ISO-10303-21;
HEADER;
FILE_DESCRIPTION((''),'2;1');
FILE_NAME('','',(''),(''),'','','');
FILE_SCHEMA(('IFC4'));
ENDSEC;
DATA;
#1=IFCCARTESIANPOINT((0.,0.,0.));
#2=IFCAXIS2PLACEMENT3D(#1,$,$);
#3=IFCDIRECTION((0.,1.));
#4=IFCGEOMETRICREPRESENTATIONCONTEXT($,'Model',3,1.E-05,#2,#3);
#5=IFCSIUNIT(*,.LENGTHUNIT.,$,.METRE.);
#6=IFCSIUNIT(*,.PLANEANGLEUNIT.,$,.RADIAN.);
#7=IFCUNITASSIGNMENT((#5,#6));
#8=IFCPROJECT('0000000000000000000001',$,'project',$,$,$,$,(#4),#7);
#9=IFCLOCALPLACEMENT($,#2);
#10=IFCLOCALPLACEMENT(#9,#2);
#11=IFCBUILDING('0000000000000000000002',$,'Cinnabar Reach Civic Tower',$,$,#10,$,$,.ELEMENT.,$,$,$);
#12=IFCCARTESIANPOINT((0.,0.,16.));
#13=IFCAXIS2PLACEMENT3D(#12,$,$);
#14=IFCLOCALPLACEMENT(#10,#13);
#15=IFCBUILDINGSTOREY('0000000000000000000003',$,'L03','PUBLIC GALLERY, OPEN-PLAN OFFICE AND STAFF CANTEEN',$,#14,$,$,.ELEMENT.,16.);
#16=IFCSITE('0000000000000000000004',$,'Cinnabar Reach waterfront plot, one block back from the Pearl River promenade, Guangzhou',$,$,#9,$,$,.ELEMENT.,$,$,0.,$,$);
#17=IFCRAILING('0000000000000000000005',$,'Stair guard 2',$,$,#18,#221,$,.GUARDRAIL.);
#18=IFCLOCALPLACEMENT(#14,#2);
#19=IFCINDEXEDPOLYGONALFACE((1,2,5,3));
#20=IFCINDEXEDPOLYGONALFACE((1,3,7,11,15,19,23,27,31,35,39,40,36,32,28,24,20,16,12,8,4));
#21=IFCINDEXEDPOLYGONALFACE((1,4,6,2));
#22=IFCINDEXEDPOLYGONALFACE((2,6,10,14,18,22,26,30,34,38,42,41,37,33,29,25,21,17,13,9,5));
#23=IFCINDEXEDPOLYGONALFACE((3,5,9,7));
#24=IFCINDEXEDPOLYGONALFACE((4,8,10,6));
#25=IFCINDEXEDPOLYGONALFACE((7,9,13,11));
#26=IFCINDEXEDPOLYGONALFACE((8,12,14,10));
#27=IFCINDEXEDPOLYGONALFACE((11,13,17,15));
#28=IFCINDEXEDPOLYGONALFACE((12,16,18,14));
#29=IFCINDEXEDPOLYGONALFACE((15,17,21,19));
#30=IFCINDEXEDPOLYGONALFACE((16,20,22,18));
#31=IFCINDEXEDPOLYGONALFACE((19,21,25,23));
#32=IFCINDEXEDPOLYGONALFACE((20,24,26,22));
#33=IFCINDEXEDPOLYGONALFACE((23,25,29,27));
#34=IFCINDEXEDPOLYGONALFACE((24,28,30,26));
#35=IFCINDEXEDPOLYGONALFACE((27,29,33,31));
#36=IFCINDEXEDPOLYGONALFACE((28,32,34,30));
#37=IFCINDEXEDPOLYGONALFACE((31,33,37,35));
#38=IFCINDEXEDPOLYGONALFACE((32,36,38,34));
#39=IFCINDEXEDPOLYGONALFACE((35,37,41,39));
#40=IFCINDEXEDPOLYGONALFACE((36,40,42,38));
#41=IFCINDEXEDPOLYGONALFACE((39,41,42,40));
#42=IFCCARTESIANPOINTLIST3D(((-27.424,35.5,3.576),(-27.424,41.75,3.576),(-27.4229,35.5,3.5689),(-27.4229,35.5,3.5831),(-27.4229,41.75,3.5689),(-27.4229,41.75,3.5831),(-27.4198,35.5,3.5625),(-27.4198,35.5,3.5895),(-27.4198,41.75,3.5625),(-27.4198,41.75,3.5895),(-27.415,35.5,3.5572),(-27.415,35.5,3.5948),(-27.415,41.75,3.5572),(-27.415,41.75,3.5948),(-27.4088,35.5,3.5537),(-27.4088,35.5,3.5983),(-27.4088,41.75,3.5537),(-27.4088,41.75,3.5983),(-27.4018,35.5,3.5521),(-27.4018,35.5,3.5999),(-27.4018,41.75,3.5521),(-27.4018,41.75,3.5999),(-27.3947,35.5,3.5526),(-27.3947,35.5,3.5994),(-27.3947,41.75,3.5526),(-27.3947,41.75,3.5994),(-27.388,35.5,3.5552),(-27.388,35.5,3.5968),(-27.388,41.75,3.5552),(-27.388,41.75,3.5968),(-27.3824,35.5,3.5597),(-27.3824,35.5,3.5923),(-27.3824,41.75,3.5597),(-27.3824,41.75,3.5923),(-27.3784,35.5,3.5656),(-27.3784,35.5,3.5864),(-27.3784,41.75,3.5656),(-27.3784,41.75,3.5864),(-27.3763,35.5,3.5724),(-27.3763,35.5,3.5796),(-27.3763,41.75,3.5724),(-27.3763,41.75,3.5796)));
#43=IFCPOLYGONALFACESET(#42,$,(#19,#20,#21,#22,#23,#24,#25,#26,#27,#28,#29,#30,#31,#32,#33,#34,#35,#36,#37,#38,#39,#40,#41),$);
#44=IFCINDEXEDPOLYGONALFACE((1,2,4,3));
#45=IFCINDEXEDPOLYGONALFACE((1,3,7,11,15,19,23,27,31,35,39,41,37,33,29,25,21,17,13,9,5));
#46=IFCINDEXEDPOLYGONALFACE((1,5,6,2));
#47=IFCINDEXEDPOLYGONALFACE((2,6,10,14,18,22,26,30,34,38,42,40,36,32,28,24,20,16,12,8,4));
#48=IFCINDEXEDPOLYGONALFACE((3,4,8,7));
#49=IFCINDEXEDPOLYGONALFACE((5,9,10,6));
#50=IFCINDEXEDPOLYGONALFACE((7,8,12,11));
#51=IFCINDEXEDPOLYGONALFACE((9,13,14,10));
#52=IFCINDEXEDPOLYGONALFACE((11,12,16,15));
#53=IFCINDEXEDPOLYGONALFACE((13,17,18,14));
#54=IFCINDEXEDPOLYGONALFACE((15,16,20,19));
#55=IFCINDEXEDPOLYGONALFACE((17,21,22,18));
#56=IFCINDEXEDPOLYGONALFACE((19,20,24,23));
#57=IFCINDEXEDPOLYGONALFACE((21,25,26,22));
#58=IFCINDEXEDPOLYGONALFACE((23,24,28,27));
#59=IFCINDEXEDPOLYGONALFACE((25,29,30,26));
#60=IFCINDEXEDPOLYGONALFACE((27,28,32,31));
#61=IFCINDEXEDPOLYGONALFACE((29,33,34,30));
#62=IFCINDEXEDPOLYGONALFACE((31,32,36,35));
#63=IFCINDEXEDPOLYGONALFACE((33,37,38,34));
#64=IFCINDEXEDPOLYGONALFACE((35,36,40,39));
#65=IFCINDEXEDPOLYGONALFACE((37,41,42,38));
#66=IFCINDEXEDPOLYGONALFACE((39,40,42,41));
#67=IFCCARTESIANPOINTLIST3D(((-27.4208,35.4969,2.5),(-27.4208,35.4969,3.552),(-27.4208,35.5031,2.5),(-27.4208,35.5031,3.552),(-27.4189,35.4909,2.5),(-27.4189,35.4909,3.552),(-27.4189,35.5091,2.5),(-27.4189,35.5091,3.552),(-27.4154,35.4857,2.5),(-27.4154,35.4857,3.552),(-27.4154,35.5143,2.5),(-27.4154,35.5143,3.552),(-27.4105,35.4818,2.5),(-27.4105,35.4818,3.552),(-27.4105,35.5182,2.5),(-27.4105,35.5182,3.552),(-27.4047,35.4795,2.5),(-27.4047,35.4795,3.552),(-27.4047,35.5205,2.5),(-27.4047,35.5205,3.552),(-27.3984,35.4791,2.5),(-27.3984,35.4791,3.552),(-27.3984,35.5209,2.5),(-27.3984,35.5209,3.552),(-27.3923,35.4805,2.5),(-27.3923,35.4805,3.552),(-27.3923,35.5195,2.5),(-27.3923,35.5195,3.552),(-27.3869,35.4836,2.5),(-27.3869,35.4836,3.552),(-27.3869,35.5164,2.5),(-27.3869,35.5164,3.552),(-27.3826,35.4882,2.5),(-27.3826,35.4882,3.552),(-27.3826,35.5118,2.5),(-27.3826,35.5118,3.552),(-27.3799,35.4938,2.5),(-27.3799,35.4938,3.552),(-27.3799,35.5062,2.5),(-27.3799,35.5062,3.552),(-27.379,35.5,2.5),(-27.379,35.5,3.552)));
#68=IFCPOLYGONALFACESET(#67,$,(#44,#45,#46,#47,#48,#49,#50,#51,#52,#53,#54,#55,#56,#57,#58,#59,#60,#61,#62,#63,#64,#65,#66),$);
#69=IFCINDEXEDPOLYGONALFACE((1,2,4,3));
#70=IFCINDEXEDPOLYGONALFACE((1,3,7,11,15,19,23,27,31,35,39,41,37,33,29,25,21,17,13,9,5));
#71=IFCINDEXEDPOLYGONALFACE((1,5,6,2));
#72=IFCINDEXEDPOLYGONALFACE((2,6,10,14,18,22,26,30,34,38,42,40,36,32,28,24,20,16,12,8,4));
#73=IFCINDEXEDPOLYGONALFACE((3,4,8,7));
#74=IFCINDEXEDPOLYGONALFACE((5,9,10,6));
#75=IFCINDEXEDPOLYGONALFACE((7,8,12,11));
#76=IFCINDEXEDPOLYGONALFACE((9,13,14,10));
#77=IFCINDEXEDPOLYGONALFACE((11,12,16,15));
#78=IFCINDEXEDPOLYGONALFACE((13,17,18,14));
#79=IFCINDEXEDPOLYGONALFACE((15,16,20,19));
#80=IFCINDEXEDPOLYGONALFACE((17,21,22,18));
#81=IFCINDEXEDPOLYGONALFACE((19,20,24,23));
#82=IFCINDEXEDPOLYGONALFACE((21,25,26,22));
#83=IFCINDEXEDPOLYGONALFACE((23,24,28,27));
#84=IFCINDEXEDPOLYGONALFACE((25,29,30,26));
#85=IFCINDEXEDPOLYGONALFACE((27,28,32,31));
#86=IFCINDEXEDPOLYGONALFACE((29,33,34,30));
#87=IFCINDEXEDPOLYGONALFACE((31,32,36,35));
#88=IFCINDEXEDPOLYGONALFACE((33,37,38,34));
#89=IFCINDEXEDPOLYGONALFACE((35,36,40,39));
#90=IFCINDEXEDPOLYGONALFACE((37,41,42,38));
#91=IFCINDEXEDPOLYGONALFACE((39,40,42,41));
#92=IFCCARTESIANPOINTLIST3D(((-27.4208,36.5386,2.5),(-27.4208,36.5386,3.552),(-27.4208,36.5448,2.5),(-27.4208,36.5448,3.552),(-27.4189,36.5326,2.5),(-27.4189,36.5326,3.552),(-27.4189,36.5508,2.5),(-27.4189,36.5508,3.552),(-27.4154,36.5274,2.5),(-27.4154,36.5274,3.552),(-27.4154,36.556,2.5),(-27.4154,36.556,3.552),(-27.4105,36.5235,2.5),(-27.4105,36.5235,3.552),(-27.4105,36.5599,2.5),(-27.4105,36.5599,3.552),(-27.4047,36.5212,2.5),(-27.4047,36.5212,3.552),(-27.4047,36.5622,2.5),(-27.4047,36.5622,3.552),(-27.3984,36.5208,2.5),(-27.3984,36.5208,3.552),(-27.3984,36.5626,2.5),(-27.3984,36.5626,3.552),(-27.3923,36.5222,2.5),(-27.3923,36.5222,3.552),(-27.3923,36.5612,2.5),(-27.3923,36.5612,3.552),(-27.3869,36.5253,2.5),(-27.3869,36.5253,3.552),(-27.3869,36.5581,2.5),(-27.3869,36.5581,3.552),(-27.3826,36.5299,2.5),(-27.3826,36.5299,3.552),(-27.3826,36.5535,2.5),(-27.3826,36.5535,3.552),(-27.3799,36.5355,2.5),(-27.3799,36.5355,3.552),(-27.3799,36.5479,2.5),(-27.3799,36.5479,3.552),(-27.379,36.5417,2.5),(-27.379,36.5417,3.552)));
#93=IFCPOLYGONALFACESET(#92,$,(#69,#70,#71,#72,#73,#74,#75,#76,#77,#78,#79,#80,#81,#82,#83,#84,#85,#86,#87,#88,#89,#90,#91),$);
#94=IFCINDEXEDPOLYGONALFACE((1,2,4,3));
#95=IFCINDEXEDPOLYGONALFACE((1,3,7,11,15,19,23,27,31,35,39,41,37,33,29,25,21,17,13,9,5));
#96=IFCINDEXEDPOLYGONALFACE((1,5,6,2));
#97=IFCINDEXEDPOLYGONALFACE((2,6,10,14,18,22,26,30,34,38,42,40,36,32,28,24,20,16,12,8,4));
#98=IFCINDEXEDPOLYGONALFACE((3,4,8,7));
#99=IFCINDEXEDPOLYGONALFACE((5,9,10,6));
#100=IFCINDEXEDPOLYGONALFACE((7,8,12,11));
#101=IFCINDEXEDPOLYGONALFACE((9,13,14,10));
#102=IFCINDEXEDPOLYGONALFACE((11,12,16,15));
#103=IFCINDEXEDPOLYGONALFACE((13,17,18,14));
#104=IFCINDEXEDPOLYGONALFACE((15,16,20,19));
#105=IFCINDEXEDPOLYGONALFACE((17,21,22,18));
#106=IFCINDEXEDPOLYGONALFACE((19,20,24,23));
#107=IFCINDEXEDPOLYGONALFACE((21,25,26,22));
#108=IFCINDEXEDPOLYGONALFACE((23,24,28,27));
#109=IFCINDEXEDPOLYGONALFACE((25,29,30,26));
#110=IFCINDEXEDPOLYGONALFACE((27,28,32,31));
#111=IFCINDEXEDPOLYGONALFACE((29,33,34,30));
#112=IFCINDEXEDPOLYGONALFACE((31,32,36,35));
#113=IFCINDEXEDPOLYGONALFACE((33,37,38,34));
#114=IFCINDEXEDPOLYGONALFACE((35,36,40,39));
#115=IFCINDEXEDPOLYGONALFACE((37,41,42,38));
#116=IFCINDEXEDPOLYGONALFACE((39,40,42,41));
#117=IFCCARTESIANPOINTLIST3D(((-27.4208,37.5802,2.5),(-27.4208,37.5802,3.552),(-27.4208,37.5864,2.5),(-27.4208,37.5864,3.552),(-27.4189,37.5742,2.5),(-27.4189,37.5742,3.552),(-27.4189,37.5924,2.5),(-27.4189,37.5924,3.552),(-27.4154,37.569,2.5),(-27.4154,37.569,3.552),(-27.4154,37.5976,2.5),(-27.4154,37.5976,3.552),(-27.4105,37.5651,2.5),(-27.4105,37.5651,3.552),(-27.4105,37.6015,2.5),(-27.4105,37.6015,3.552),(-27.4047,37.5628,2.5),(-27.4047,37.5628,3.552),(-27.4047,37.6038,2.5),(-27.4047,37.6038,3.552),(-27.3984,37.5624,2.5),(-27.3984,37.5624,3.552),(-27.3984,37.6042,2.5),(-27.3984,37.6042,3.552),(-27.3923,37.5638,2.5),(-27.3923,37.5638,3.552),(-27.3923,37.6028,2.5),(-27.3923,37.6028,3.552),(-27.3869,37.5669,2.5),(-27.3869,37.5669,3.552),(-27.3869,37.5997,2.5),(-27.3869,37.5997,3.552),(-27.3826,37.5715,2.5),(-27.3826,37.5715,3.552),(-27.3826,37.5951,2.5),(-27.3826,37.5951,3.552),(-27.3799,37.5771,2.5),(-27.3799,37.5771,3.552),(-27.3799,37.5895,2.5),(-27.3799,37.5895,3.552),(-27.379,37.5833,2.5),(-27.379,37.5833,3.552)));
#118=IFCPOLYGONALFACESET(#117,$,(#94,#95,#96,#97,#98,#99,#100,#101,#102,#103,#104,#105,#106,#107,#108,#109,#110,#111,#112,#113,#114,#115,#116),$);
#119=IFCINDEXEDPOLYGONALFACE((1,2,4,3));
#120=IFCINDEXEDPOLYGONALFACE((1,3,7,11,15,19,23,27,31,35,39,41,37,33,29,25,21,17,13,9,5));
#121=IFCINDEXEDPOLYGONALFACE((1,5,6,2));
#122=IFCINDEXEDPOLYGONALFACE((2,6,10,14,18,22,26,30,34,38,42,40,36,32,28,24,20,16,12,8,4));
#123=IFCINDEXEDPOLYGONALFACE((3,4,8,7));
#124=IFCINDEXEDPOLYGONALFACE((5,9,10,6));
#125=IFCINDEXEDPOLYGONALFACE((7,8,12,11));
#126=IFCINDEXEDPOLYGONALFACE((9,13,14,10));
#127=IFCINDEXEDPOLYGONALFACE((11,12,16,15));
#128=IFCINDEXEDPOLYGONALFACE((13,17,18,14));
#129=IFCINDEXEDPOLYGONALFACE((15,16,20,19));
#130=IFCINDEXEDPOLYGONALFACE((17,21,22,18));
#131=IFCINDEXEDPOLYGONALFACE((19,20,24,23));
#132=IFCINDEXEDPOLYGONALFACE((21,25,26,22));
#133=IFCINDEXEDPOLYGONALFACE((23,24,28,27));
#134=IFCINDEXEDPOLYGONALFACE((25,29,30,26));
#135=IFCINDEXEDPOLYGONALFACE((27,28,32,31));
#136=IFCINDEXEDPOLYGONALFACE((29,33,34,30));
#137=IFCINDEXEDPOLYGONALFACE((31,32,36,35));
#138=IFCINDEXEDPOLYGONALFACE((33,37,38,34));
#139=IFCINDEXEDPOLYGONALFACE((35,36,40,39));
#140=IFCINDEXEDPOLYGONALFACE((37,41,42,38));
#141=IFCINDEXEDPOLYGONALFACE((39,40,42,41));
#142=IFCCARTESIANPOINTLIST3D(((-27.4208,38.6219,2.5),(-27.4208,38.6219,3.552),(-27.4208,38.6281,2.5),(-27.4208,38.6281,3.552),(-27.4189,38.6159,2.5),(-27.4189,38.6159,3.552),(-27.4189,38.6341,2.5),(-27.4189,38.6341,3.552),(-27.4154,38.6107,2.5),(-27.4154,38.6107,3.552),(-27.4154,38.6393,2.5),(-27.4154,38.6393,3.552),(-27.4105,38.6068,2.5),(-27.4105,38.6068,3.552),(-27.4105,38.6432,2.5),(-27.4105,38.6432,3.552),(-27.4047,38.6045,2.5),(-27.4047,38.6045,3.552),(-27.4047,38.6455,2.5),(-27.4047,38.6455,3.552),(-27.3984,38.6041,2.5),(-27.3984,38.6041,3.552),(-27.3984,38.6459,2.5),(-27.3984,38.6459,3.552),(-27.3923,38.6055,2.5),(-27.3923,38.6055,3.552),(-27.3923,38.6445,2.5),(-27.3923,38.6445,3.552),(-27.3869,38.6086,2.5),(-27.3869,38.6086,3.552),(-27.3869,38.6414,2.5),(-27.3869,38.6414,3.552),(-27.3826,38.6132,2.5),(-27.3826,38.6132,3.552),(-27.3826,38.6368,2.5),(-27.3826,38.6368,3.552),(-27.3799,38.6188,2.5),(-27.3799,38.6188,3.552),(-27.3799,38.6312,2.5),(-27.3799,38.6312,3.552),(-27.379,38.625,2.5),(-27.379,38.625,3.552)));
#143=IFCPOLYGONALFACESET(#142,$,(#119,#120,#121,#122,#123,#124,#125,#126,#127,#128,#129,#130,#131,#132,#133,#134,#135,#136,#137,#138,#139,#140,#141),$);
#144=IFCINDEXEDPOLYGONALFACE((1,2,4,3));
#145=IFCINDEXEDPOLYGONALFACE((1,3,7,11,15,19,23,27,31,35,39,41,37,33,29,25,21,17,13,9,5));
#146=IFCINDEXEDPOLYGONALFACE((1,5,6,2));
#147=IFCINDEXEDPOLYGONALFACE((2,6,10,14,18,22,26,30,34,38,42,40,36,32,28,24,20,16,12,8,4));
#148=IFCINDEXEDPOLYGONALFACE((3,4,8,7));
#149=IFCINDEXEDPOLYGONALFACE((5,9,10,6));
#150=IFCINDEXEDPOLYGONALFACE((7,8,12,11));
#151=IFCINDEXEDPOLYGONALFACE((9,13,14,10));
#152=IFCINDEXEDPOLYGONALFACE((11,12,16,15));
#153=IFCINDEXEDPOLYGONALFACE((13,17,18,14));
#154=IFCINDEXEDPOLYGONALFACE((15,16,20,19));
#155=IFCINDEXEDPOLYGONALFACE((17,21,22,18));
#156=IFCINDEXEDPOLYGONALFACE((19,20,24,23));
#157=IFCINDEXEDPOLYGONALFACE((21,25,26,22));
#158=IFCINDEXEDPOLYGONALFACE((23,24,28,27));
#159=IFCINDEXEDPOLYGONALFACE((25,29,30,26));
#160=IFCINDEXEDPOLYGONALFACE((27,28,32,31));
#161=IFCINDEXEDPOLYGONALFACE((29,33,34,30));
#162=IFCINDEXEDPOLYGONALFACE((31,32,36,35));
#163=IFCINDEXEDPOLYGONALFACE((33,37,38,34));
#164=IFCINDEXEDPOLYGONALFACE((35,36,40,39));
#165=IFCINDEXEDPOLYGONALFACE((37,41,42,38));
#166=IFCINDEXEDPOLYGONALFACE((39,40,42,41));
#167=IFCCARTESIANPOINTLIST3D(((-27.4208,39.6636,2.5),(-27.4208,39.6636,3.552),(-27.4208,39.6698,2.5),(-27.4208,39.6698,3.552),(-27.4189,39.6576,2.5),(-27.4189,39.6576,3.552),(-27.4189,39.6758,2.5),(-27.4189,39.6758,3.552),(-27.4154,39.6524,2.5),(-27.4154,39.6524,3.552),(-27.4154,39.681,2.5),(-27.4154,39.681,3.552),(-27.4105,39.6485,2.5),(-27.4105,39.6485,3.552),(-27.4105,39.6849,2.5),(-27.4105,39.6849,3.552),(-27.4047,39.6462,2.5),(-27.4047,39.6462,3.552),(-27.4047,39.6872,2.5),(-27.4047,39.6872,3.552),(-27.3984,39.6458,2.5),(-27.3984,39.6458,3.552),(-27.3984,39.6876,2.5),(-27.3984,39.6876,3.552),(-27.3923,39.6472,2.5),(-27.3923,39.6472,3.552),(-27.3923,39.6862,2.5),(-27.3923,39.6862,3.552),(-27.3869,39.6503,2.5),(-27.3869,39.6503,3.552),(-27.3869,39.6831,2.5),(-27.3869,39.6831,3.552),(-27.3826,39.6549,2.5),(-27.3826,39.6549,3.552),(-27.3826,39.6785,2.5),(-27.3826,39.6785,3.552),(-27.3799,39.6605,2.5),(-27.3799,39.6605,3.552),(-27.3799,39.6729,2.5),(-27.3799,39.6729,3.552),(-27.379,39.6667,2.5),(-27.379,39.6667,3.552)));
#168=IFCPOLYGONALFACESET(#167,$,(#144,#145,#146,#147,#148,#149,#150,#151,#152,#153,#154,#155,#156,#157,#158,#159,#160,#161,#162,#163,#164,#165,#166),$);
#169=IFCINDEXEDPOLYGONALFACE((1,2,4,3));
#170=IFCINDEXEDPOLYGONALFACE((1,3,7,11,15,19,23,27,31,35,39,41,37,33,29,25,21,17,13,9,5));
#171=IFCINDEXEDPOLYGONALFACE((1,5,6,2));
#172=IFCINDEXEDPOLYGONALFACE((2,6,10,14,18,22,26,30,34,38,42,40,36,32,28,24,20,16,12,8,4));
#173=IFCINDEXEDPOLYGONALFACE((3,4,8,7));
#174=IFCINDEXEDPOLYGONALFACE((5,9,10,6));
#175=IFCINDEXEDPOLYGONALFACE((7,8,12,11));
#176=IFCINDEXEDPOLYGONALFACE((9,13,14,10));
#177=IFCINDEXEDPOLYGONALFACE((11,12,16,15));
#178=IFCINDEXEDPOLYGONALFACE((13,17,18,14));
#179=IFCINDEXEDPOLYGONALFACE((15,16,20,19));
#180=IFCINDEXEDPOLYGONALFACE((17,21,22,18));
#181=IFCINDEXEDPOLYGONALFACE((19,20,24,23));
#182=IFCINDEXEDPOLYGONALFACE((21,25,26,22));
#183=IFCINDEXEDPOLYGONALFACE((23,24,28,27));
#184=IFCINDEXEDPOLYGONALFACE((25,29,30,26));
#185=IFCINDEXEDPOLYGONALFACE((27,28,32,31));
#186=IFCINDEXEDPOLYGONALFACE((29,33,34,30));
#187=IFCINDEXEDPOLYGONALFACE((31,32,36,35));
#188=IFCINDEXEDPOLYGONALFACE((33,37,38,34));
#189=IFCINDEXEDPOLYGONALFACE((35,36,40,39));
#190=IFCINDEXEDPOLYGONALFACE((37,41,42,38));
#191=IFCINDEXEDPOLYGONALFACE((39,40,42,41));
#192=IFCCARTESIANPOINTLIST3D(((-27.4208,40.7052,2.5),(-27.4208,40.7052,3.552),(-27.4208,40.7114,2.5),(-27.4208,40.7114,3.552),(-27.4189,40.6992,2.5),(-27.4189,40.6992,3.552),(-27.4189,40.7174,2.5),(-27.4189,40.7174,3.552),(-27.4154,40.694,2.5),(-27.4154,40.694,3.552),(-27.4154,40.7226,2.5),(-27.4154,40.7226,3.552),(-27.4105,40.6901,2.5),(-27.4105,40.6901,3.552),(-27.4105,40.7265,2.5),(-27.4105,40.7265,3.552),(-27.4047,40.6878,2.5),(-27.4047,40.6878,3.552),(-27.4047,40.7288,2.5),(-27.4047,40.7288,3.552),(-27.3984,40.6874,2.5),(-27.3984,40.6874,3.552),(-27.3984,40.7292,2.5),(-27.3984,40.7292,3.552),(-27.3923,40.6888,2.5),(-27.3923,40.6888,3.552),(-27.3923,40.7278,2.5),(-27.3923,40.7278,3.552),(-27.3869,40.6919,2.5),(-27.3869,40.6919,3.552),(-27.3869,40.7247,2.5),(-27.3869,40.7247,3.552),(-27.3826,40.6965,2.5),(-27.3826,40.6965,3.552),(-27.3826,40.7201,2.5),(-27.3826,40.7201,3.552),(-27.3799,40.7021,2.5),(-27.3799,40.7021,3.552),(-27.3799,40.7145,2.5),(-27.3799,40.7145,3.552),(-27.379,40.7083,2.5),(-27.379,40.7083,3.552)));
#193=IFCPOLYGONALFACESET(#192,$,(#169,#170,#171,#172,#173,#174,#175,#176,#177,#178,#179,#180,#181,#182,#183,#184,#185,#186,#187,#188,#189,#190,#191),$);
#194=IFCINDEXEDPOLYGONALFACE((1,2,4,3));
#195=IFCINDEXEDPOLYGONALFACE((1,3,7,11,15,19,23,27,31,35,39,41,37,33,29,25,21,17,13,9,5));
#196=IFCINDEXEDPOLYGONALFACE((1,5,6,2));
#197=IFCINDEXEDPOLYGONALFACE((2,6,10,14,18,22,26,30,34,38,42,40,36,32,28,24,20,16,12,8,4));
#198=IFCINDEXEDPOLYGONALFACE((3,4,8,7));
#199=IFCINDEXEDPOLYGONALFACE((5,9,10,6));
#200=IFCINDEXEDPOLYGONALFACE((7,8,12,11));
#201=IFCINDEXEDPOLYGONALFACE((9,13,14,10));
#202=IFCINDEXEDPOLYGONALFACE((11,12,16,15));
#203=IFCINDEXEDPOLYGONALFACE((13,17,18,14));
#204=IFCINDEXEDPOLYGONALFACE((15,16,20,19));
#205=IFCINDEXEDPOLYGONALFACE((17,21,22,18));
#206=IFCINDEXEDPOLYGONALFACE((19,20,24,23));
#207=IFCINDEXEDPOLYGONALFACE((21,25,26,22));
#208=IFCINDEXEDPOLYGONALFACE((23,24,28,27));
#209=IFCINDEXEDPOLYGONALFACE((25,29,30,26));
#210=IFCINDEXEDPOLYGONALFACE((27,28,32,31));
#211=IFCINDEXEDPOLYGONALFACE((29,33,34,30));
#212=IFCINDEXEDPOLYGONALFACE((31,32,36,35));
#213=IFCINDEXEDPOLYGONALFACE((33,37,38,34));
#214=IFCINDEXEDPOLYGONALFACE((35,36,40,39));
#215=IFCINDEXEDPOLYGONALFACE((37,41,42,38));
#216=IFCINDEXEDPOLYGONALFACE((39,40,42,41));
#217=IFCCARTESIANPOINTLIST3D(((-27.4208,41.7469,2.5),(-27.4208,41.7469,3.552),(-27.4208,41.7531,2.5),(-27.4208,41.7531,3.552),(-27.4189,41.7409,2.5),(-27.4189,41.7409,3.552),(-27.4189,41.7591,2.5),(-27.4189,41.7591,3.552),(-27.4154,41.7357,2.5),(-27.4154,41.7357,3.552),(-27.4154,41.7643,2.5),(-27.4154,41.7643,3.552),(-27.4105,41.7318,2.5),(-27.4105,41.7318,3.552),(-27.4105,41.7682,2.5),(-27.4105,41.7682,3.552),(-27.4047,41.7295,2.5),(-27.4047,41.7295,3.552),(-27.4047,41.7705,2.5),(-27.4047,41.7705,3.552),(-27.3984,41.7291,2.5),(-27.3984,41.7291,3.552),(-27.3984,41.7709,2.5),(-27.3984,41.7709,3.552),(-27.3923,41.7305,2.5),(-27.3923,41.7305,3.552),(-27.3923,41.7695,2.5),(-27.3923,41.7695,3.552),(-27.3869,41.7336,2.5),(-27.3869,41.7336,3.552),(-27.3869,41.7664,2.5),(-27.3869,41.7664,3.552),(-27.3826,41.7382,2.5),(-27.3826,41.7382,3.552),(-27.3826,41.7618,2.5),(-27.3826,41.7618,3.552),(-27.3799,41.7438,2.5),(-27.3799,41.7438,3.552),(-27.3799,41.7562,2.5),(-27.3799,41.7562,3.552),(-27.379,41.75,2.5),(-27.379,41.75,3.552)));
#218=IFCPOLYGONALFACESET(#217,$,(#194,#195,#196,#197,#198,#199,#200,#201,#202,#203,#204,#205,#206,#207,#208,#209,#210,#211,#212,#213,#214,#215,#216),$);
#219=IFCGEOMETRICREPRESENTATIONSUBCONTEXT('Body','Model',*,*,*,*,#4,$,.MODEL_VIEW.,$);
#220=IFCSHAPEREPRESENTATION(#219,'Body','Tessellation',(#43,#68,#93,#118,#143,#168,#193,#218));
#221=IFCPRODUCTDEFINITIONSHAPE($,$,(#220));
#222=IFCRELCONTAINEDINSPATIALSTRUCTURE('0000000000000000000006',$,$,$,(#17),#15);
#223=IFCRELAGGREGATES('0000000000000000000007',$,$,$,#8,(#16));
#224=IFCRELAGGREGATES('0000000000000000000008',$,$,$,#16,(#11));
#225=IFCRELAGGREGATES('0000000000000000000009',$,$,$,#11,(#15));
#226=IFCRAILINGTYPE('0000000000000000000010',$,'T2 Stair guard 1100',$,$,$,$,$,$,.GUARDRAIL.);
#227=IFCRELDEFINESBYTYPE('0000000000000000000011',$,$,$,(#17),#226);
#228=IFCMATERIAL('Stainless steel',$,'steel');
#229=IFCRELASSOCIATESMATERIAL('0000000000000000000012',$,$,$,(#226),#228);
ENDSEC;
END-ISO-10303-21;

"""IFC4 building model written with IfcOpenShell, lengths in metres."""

from ifc_helpers import new_model, si_unit, direction, frame, origin, origin_2d, place, context, subcontext, project, spatial, circle, extrude, material, type_object, element, save


model = new_model("IFC4")

# Units and contexts
model_context = context("Model", 3, precision=1e-05, world=origin(), true_north=direction((0.0, 1.0)))
body_context = subcontext(model_context, "Body", "Model", "MODEL_VIEW")
ifc_project = project(units=[si_unit("LENGTHUNIT", "METRE"), si_unit("PLANEANGLEUNIT", "RADIAN")], contexts=[model_context])

# Site, building, storey
site_placement = place(None, origin())
site = spatial("IfcSite", under=ifc_project, at=site_placement, Name="Cinnabar Reach waterfront plot, one block back from the Pearl River promenade, Guangzhou", CompositionType="ELEMENT", RefElevation=0.0)
building_placement = place(site_placement, origin())
building = spatial("IfcBuilding", under=site, at=building_placement, Name="Cinnabar Reach Civic Tower", CompositionType="ELEMENT")
storey_placement = place(building_placement, frame((0.0, 0.0, 16.0)))
storey = spatial("IfcBuildingStorey", under=building, at=storey_placement, Name="L03", Description="PUBLIC GALLERY, OPEN-PLAN OFFICE AND STAFF CANTEEN", CompositionType="ELEMENT", Elevation=16.0)

# Railing
ifc_material_1 = material(Name="Stainless steel", Category="steel")
railing_type = type_object("IfcRailingType", Name="T2 Stair guard 1100", PredefinedType="GUARDRAIL", material=ifc_material_1)
for number, where, name in (
    (1, (-27.4, 35.5, 2.5), "Stair guard 2"),
):
    element("IfcRailing", number, at=place(storey_placement, frame(where)), inside=storey, type_object=railing_type, Name=name, PredefinedType="GUARDRAIL", context=body_context, shape_type="SweptSolid", body=[
        extrude(circle(Radius=0.024, at=origin_2d()), frame((0.0, 0.0, 1.076), z_axis=(0.0, 1.0, 0.0), x_axis=(-1.0, 0.0, 0.0)), (0.0, 0.0, 1.0), 6.25),
        extrude(circle(Radius=0.021, at=origin_2d()), origin(), (0.0, 0.0, 1.0), 1.052),
        extrude(circle(Radius=0.021, at=origin_2d()), frame((0.0, 1.0417, 0.0)), (0.0, 0.0, 1.0), 1.052),
        extrude(circle(Radius=0.021, at=origin_2d()), frame((0.0, 2.0833, 0.0)), (0.0, 0.0, 1.0), 1.052),
        extrude(circle(Radius=0.021, at=origin_2d()), frame((0.0, 3.125, 0.0)), (0.0, 0.0, 1.0), 1.052),
        extrude(circle(Radius=0.021, at=origin_2d()), frame((0.0, 4.1667, 0.0)), (0.0, 0.0, 1.0), 1.052),
        extrude(circle(Radius=0.021, at=origin_2d()), frame((0.0, 5.2083, 0.0)), (0.0, 0.0, 1.0), 1.052),
        extrude(circle(Radius=0.021, at=origin_2d()), frame((0.0, 6.25, 0.0)), (0.0, 0.0, 1.0), 1.052),
    ])

save(model, "model.ifc")
